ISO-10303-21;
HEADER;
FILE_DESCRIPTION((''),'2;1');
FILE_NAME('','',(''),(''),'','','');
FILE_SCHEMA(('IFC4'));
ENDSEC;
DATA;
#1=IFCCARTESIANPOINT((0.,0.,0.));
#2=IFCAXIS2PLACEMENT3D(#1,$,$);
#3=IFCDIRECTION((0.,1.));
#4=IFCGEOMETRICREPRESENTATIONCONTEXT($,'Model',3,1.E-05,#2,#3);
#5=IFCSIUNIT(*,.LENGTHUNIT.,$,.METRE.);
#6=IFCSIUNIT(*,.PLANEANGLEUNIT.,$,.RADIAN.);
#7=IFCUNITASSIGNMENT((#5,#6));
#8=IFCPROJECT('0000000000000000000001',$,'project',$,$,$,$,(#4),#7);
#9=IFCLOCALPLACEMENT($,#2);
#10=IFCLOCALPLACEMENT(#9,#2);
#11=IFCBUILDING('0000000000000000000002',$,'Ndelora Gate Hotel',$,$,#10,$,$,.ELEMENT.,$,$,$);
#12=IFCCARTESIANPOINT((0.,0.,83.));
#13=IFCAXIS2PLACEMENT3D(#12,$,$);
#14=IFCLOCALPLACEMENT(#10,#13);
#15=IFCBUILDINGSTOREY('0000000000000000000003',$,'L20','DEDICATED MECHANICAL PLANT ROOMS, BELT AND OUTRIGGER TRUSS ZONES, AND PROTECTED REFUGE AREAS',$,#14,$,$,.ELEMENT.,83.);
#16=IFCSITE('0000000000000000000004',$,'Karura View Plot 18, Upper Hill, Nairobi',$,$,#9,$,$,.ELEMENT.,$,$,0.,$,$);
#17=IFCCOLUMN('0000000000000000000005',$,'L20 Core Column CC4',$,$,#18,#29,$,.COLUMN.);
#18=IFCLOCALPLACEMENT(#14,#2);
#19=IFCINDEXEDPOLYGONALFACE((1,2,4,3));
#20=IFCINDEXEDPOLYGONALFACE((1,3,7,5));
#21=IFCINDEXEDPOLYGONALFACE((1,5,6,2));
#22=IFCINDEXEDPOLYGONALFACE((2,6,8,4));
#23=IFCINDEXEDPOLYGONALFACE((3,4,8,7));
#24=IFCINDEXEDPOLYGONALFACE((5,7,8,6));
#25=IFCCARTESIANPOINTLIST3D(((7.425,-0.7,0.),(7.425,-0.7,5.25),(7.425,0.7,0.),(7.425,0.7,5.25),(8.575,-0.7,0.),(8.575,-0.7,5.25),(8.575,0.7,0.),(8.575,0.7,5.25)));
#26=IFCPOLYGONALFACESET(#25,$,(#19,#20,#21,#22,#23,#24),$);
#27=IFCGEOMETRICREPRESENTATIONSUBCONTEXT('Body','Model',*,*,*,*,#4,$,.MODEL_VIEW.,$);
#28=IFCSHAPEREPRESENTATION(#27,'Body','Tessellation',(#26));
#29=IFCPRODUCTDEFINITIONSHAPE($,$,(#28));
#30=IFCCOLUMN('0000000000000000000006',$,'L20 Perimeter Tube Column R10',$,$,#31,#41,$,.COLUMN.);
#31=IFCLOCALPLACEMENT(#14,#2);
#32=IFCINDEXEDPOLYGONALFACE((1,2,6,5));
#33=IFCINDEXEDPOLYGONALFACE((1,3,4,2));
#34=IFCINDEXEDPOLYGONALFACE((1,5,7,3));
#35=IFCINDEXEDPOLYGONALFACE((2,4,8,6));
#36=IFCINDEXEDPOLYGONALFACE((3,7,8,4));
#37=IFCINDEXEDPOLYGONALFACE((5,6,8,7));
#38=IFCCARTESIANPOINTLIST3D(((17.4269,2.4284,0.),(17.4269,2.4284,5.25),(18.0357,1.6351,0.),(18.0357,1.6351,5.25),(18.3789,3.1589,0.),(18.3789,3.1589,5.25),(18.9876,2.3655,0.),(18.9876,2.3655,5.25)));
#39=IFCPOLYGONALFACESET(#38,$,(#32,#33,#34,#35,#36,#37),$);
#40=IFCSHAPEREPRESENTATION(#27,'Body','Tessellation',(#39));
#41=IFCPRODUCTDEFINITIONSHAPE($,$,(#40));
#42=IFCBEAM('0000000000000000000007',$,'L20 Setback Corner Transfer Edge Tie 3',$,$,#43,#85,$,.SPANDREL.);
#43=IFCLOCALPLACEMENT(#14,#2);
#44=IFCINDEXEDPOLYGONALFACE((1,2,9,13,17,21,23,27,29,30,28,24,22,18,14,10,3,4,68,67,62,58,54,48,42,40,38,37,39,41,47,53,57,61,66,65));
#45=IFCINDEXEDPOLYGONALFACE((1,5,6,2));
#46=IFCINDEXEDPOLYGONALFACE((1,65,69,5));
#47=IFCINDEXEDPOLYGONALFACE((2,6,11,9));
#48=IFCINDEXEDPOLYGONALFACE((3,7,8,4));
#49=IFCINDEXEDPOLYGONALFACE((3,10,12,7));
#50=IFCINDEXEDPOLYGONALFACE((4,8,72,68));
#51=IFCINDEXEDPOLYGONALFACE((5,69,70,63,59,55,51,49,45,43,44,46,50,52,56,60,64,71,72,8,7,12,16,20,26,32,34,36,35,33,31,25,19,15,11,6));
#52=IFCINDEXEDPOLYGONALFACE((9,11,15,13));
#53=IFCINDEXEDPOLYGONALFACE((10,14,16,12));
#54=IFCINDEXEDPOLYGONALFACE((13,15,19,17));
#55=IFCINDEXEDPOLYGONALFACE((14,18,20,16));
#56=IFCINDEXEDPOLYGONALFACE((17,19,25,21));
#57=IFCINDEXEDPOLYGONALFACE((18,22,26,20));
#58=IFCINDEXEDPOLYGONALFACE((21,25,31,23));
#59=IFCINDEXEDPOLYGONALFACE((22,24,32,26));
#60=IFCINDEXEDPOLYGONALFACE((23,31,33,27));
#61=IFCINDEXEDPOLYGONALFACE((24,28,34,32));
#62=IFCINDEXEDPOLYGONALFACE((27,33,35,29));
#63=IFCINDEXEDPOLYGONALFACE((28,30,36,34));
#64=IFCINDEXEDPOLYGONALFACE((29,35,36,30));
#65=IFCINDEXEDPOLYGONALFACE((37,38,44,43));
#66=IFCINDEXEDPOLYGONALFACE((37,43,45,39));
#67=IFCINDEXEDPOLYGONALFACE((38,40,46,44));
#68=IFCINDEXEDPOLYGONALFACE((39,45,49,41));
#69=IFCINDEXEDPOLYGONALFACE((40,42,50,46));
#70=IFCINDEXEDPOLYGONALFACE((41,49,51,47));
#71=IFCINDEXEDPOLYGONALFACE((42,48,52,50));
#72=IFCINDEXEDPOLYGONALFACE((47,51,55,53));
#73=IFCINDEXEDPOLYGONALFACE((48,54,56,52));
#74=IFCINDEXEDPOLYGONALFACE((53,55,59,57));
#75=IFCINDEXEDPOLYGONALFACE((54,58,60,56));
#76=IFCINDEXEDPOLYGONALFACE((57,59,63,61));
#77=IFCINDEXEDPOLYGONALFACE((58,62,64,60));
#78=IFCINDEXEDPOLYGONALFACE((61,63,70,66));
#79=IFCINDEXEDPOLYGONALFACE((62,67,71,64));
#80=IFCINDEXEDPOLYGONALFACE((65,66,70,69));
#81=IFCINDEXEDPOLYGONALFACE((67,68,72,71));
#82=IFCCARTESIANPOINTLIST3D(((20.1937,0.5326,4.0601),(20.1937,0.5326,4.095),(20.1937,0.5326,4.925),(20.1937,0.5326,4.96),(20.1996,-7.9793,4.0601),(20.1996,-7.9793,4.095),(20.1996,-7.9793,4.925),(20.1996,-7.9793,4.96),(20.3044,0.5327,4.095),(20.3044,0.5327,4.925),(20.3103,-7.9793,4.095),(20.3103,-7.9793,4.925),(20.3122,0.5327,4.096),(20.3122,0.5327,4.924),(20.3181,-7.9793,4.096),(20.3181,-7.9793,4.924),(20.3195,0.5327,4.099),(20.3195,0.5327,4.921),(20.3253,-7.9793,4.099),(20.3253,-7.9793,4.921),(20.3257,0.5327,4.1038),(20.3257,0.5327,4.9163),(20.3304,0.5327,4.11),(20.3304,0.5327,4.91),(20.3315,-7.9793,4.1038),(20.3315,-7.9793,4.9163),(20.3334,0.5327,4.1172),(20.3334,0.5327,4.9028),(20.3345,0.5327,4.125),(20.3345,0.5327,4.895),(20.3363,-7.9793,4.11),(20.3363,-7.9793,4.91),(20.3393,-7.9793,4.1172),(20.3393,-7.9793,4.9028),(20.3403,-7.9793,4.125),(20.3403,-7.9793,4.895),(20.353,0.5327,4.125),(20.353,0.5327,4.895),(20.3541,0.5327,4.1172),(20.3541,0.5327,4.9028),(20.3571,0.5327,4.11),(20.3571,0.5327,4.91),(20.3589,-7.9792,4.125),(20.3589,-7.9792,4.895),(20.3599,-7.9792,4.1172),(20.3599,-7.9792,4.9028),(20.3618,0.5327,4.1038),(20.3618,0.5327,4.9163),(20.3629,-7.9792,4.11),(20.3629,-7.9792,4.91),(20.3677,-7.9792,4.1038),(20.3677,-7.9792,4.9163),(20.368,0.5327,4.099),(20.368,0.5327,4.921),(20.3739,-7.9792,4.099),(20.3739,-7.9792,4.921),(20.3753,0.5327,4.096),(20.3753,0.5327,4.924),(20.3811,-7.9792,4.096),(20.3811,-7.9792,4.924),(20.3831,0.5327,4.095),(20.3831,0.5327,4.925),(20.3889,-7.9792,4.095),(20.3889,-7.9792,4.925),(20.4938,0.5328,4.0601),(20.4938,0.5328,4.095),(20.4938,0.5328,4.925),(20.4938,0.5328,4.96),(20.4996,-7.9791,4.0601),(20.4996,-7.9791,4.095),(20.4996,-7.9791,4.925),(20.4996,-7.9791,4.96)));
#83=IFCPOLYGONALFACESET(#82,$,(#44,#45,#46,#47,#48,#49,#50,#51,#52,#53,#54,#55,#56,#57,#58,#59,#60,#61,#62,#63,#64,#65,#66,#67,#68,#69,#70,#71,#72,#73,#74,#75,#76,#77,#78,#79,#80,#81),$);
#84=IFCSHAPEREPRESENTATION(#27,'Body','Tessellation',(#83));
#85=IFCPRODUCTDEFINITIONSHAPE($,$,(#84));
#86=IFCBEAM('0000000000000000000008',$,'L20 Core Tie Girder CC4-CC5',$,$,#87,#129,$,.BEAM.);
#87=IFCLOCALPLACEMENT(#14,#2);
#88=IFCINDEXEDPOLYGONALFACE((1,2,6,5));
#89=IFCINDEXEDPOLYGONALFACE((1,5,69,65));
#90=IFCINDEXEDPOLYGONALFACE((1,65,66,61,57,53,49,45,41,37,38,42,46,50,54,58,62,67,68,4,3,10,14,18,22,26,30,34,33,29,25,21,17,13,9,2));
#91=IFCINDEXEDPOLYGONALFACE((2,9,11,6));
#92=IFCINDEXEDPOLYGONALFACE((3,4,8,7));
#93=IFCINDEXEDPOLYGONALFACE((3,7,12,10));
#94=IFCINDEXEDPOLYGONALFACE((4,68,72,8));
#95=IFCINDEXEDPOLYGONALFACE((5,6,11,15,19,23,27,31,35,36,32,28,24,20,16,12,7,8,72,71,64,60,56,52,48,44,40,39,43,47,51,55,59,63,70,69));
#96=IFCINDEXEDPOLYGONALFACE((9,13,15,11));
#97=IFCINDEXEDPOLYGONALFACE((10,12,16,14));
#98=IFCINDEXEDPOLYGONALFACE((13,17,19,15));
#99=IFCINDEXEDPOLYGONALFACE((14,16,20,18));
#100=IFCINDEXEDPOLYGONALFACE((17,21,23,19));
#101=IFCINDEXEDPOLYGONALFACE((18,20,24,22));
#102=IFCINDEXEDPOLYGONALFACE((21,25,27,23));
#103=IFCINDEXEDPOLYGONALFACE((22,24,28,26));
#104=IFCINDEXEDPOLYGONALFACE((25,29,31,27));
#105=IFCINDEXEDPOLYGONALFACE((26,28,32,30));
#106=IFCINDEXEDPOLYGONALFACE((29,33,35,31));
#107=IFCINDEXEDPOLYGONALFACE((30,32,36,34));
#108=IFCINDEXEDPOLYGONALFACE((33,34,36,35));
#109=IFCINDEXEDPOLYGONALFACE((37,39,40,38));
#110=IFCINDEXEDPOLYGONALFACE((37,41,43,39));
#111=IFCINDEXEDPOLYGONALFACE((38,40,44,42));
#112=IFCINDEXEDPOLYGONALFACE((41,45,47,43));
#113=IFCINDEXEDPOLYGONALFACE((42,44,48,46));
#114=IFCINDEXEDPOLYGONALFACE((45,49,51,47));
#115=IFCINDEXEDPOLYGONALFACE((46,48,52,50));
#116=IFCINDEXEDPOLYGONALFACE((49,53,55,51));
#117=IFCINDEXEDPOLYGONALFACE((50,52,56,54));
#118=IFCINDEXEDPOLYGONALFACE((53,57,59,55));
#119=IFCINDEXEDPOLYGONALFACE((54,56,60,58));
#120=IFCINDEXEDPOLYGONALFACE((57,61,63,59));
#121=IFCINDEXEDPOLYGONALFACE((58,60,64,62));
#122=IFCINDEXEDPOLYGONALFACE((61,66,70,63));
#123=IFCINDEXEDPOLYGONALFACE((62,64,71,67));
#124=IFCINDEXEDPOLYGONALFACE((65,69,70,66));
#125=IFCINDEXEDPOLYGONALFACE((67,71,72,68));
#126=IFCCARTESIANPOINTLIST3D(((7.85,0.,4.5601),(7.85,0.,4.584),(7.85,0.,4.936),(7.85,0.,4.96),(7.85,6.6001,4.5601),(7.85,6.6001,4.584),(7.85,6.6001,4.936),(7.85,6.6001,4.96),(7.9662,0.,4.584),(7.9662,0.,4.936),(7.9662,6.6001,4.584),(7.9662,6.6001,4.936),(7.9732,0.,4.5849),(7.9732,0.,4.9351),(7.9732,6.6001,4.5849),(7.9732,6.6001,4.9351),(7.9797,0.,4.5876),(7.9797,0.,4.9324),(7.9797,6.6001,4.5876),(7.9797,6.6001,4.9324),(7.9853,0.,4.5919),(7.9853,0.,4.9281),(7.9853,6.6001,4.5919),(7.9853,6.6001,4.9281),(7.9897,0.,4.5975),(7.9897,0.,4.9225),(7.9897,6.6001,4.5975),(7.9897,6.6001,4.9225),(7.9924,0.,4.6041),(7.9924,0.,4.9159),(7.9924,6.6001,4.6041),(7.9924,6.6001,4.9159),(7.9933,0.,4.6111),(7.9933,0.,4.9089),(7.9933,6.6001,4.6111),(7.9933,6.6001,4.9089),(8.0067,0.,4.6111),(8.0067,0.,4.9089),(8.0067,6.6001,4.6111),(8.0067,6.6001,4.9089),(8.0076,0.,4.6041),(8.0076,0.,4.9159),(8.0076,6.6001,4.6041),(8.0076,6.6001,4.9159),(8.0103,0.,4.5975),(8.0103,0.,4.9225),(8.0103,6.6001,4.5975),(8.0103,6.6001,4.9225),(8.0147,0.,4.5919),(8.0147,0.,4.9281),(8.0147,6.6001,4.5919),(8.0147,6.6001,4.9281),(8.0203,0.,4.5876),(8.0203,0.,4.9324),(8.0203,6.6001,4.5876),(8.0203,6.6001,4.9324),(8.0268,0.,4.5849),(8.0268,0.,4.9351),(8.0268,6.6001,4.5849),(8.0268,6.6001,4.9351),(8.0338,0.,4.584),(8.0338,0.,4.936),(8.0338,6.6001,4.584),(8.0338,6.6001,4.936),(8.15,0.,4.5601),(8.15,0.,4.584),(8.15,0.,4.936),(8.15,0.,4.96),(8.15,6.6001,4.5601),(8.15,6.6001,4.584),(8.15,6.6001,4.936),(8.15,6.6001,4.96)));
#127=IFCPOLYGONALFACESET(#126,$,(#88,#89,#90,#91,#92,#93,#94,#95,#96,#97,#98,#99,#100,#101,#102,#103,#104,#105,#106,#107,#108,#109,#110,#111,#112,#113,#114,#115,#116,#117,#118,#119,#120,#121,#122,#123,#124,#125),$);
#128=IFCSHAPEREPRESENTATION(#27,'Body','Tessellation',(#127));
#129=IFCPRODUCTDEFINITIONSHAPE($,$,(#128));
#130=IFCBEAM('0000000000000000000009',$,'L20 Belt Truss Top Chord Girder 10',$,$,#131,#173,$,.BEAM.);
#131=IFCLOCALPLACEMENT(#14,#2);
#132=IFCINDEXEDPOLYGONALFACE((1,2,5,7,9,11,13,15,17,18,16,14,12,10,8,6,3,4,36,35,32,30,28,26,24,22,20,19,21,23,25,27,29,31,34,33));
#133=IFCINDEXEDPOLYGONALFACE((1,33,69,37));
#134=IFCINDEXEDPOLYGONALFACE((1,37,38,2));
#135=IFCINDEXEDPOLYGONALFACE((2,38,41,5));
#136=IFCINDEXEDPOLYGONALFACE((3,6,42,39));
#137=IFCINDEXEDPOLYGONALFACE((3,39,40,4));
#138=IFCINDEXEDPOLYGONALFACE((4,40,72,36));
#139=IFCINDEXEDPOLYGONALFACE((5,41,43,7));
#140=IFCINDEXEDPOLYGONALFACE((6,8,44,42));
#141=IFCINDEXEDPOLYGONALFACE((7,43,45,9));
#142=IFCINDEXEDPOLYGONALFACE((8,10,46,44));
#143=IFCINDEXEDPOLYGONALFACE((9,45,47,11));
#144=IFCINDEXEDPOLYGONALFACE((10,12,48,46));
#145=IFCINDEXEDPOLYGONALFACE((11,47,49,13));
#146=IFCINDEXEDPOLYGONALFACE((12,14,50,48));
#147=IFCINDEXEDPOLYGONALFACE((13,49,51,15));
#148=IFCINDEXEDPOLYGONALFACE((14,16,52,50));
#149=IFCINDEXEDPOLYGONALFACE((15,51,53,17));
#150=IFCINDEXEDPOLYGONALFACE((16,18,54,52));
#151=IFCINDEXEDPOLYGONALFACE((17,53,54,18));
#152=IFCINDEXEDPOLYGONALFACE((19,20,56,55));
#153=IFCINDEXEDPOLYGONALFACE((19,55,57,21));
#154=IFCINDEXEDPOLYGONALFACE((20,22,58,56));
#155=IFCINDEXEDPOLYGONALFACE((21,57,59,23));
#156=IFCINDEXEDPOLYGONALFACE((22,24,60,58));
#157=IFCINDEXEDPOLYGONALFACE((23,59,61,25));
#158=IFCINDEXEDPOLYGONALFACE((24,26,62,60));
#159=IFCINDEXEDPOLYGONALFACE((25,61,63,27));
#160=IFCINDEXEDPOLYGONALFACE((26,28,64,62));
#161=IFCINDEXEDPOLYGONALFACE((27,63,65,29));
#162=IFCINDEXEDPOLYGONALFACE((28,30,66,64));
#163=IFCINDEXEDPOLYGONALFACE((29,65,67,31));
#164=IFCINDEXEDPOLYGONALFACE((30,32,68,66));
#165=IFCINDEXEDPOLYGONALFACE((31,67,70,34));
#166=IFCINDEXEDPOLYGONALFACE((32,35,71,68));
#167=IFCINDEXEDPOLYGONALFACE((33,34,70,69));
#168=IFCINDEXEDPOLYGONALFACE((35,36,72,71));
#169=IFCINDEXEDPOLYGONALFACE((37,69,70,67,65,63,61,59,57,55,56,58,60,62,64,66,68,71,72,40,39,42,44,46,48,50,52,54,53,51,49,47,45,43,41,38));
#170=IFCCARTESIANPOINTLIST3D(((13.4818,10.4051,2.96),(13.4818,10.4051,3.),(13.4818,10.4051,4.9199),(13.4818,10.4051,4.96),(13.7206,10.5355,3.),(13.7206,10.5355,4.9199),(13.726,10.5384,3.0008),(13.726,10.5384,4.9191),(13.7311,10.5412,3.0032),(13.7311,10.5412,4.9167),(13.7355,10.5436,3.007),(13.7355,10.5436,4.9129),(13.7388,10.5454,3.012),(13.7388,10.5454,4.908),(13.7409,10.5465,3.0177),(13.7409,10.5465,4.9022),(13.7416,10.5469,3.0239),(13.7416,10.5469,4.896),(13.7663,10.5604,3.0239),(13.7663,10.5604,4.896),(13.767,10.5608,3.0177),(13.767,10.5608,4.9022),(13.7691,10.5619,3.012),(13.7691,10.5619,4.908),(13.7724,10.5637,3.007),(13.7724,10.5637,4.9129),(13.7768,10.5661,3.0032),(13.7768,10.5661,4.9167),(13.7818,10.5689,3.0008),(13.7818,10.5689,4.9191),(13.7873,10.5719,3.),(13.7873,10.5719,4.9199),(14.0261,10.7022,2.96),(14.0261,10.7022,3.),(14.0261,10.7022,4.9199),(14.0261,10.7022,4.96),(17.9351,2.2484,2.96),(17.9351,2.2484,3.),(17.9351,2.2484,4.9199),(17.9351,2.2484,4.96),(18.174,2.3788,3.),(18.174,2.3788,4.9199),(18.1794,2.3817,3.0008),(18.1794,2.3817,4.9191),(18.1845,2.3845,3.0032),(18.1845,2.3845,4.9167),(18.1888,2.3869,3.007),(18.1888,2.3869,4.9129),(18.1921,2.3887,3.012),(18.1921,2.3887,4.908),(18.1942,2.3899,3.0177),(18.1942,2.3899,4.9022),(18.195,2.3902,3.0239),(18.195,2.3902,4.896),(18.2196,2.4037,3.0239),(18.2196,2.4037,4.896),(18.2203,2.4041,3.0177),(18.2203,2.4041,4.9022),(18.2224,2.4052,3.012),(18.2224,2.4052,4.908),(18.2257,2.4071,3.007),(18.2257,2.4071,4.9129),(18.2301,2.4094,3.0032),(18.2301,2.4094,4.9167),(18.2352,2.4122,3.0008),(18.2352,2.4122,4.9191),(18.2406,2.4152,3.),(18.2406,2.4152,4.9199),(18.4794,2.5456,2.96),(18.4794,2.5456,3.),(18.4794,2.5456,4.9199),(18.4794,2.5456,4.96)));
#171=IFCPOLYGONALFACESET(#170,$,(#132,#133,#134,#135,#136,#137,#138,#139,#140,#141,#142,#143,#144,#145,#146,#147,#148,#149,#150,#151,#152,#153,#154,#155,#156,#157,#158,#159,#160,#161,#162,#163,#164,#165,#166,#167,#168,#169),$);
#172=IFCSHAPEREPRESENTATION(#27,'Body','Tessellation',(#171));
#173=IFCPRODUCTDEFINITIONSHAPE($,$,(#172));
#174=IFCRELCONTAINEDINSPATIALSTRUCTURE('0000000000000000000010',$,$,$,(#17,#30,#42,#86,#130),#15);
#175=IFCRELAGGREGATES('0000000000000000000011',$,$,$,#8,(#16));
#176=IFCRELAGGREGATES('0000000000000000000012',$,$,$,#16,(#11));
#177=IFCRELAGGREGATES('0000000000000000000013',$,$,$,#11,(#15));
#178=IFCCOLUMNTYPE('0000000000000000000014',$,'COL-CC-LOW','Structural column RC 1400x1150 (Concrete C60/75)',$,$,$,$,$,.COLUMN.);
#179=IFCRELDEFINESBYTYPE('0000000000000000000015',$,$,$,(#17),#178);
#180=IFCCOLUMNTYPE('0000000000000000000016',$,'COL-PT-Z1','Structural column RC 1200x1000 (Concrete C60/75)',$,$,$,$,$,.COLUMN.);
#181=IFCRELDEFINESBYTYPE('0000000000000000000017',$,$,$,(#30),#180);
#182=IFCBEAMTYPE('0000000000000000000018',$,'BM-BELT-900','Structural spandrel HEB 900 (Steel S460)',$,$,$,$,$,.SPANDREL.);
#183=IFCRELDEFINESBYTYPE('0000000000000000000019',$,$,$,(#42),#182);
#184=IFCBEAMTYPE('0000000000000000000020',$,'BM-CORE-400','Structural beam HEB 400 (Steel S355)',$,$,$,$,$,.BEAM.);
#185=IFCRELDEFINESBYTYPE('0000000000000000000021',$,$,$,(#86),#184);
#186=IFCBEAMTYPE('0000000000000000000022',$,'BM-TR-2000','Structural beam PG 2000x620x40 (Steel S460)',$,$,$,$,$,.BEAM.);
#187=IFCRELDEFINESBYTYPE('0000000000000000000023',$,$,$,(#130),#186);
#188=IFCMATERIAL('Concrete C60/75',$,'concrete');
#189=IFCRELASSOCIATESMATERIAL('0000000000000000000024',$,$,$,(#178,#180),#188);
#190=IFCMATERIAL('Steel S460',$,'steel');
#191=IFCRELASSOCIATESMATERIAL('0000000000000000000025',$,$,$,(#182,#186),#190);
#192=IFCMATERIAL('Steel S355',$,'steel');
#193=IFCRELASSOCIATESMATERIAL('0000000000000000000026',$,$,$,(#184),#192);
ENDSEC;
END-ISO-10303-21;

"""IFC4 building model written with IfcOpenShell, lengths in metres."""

from ifc_helpers import new_model, si_unit, direction, frame, origin, origin_2d, place, context, subcontext, project, spatial, rectangle, i_section, extrude, material, material_profile, profile_set, type_object, element, save


model = new_model("IFC4")

# Units and contexts
model_context = context("Model", 3, precision=1e-05, world=origin(), true_north=direction((0.0, 1.0)))
body_context = subcontext(model_context, "Body", "Model", "MODEL_VIEW")
ifc_project = project(units=[si_unit("LENGTHUNIT", "METRE"), si_unit("PLANEANGLEUNIT", "RADIAN")], contexts=[model_context])

# Site, building, storey
site_placement = place(None, origin())
site = spatial("IfcSite", under=ifc_project, at=site_placement, Name="Karura View Plot 18, Upper Hill, Nairobi", CompositionType="ELEMENT", RefElevation=0.0)
building_placement = place(site_placement, origin())
building = spatial("IfcBuilding", under=site, at=building_placement, Name="Ndelora Gate Hotel", CompositionType="ELEMENT")
storey_placement = place(building_placement, frame((0.0, 0.0, 83.0)))
storey = spatial("IfcBuildingStorey", under=building, at=storey_placement, Name="L20", Description="DEDICATED MECHANICAL PLANT ROOMS, BELT AND OUTRIGGER TRUSS ZONES, AND PROTECTED REFUGE AREAS", CompositionType="ELEMENT", Elevation=83.0)

# Columns
ifc_material_1 = material(Name="Concrete C60/75", Category="concrete")
ifc_material_profile_1 = material_profile(ifc_material_1, rectangle(XDim=1.1499, YDim=1.3999, at=origin_2d()), Name="RC 1400x1150")
ifc_profile_set_1 = profile_set([ifc_material_profile_1], Name="Concrete C60/75")
column_type_1 = type_object("IfcColumnType", Name="COL-CC-LOW", Description="Structural column RC 1400x1150 (Concrete C60/75)", PredefinedType="COLUMN", material=ifc_profile_set_1)
column_1_placement = place(storey_placement, frame((8.0, 0.0, 0.0), z_axis=(0.0, 0.0, 1.0), x_axis=(1.0, 0.0, 0.0)))
element("IfcColumn", 1, at=column_1_placement, inside=storey, type_object=column_type_1, Name="L20 Core Column CC4", PredefinedType="COLUMN", context=body_context, shape_type="SweptSolid", body=[
    extrude(rectangle(XDim=1.1499, YDim=1.3999, at=origin_2d()), origin(), (0.0, 0.0, 1.0), 5.25),
])
ifc_material_profile_2 = material_profile(ifc_material_1, rectangle(XDim=1.0, YDim=1.2, at=origin_2d()), Name="RC 1200x1000")
ifc_profile_set_2 = profile_set([ifc_material_profile_2], Name="Concrete C60/75")
column_type_2 = type_object("IfcColumnType", Name="COL-PT-Z1", Description="Structural column RC 1200x1000 (Concrete C60/75)", PredefinedType="COLUMN", material=ifc_profile_set_2)
column_2_placement = place(storey_placement, frame((18.2073, 2.397, 0.0), z_axis=(0.0, 0.0, 1.0), x_axis=(-0.608761, 0.793353, 0.0)))
element("IfcColumn", 2, at=column_2_placement, inside=storey, type_object=column_type_2, Name="L20 Perimeter Tube Column R10", PredefinedType="COLUMN", context=body_context, shape_type="SweptSolid", body=[
    extrude(rectangle(XDim=1.0, YDim=1.2, at=origin_2d()), origin(), (0.0, 0.0, 1.0), 5.25),
])

# Beams
ifc_material_2 = material(Name="Steel S460", Category="steel")
ifc_material_profile_3 = material_profile(ifc_material_2, i_section(OverallWidth=0.3, OverallDepth=0.8999, WebThickness=0.0186, FlangeThickness=0.0349, FilletRadius=0.03, at=origin_2d()), Name="HEB 900")
ifc_profile_set_3 = profile_set([ifc_material_profile_3], Name="Steel S460")
beam_type_1 = type_object("IfcBeamType", Name="BM-BELT-900", Description="Structural spandrel HEB 900 (Steel S460)", PredefinedType="SPANDREL", material=ifc_profile_set_3)
beam_1_placement = place(storey_placement, frame((20.3438, 0.5327, 4.51), z_axis=(0.000688, -1.0, 0.0), x_axis=(1.0, 0.000688, 0.0)))
element("IfcBeam", 3, at=beam_1_placement, inside=storey, type_object=beam_type_1, Name="L20 Setback Corner Transfer Edge Tie 3", PredefinedType="SPANDREL", context=body_context, shape_type="SweptSolid", body=[
    extrude(i_section(OverallWidth=0.3, OverallDepth=0.8999, WebThickness=0.0186, FlangeThickness=0.0349, FilletRadius=0.03, at=origin_2d()), origin(), (0.0, 0.0, 1.0), 8.512),
])
ifc_material_3 = material(Name="Steel S355", Category="steel")
ifc_material_profile_4 = material_profile(ifc_material_3, i_section(OverallWidth=0.3, OverallDepth=0.3999, WebThickness=0.0134, FlangeThickness=0.0239, FilletRadius=0.0271, at=origin_2d()), Name="HEB 400")
ifc_profile_set_4 = profile_set([ifc_material_profile_4], Name="Steel S355")
beam_type_2 = type_object("IfcBeamType", Name="BM-CORE-400", Description="Structural beam HEB 400 (Steel S355)", PredefinedType="BEAM", material=ifc_profile_set_4)
beam_2_placement = place(storey_placement, frame((8.0, 0.0, 4.76), z_axis=(0.0, 1.0, 0.0), x_axis=(-1.0, 0.0, 0.0)))
element("IfcBeam", 4, at=beam_2_placement, inside=storey, type_object=beam_type_2, Name="L20 Core Tie Girder CC4-CC5", PredefinedType="BEAM", context=body_context, shape_type="SweptSolid", body=[
    extrude(i_section(OverallWidth=0.3, OverallDepth=0.3999, WebThickness=0.0134, FlangeThickness=0.0239, FilletRadius=0.0271, at=origin_2d()), origin(), (0.0, 0.0, 1.0), 6.6001),
])
ifc_material_profile_5 = material_profile(ifc_material_2, i_section(OverallWidth=0.6201, OverallDepth=2.0, WebThickness=0.0281, FlangeThickness=0.04, FilletRadius=0.0239, at=origin_2d()), Name="PG 2000x620x40")
ifc_profile_set_5 = profile_set([ifc_material_profile_5], Name="Steel S460")
beam_type_3 = type_object("IfcBeamType", Name="BM-TR-2000", Description="Structural beam PG 2000x620x40 (Steel S460)", PredefinedType="BEAM", material=ifc_profile_set_5)
beam_3_placement = place(storey_placement, frame((18.2073, 2.397, 3.96), z_axis=(-0.479204, 0.877704, 0.0), x_axis=(-0.877704, -0.479204, 0.0)))
element("IfcBeam", 5, at=beam_3_placement, inside=storey, type_object=beam_type_3, Name="L20 Belt Truss Top Chord Girder 10", PredefinedType="BEAM", context=body_context, shape_type="SweptSolid", body=[
    extrude(i_section(OverallWidth=0.6201, OverallDepth=2.0, WebThickness=0.0281, FlangeThickness=0.04, FilletRadius=0.0239, at=origin_2d()), origin(), (0.0, 0.0, 1.0), 9.2932),
])

save(model, "model.ifc")
